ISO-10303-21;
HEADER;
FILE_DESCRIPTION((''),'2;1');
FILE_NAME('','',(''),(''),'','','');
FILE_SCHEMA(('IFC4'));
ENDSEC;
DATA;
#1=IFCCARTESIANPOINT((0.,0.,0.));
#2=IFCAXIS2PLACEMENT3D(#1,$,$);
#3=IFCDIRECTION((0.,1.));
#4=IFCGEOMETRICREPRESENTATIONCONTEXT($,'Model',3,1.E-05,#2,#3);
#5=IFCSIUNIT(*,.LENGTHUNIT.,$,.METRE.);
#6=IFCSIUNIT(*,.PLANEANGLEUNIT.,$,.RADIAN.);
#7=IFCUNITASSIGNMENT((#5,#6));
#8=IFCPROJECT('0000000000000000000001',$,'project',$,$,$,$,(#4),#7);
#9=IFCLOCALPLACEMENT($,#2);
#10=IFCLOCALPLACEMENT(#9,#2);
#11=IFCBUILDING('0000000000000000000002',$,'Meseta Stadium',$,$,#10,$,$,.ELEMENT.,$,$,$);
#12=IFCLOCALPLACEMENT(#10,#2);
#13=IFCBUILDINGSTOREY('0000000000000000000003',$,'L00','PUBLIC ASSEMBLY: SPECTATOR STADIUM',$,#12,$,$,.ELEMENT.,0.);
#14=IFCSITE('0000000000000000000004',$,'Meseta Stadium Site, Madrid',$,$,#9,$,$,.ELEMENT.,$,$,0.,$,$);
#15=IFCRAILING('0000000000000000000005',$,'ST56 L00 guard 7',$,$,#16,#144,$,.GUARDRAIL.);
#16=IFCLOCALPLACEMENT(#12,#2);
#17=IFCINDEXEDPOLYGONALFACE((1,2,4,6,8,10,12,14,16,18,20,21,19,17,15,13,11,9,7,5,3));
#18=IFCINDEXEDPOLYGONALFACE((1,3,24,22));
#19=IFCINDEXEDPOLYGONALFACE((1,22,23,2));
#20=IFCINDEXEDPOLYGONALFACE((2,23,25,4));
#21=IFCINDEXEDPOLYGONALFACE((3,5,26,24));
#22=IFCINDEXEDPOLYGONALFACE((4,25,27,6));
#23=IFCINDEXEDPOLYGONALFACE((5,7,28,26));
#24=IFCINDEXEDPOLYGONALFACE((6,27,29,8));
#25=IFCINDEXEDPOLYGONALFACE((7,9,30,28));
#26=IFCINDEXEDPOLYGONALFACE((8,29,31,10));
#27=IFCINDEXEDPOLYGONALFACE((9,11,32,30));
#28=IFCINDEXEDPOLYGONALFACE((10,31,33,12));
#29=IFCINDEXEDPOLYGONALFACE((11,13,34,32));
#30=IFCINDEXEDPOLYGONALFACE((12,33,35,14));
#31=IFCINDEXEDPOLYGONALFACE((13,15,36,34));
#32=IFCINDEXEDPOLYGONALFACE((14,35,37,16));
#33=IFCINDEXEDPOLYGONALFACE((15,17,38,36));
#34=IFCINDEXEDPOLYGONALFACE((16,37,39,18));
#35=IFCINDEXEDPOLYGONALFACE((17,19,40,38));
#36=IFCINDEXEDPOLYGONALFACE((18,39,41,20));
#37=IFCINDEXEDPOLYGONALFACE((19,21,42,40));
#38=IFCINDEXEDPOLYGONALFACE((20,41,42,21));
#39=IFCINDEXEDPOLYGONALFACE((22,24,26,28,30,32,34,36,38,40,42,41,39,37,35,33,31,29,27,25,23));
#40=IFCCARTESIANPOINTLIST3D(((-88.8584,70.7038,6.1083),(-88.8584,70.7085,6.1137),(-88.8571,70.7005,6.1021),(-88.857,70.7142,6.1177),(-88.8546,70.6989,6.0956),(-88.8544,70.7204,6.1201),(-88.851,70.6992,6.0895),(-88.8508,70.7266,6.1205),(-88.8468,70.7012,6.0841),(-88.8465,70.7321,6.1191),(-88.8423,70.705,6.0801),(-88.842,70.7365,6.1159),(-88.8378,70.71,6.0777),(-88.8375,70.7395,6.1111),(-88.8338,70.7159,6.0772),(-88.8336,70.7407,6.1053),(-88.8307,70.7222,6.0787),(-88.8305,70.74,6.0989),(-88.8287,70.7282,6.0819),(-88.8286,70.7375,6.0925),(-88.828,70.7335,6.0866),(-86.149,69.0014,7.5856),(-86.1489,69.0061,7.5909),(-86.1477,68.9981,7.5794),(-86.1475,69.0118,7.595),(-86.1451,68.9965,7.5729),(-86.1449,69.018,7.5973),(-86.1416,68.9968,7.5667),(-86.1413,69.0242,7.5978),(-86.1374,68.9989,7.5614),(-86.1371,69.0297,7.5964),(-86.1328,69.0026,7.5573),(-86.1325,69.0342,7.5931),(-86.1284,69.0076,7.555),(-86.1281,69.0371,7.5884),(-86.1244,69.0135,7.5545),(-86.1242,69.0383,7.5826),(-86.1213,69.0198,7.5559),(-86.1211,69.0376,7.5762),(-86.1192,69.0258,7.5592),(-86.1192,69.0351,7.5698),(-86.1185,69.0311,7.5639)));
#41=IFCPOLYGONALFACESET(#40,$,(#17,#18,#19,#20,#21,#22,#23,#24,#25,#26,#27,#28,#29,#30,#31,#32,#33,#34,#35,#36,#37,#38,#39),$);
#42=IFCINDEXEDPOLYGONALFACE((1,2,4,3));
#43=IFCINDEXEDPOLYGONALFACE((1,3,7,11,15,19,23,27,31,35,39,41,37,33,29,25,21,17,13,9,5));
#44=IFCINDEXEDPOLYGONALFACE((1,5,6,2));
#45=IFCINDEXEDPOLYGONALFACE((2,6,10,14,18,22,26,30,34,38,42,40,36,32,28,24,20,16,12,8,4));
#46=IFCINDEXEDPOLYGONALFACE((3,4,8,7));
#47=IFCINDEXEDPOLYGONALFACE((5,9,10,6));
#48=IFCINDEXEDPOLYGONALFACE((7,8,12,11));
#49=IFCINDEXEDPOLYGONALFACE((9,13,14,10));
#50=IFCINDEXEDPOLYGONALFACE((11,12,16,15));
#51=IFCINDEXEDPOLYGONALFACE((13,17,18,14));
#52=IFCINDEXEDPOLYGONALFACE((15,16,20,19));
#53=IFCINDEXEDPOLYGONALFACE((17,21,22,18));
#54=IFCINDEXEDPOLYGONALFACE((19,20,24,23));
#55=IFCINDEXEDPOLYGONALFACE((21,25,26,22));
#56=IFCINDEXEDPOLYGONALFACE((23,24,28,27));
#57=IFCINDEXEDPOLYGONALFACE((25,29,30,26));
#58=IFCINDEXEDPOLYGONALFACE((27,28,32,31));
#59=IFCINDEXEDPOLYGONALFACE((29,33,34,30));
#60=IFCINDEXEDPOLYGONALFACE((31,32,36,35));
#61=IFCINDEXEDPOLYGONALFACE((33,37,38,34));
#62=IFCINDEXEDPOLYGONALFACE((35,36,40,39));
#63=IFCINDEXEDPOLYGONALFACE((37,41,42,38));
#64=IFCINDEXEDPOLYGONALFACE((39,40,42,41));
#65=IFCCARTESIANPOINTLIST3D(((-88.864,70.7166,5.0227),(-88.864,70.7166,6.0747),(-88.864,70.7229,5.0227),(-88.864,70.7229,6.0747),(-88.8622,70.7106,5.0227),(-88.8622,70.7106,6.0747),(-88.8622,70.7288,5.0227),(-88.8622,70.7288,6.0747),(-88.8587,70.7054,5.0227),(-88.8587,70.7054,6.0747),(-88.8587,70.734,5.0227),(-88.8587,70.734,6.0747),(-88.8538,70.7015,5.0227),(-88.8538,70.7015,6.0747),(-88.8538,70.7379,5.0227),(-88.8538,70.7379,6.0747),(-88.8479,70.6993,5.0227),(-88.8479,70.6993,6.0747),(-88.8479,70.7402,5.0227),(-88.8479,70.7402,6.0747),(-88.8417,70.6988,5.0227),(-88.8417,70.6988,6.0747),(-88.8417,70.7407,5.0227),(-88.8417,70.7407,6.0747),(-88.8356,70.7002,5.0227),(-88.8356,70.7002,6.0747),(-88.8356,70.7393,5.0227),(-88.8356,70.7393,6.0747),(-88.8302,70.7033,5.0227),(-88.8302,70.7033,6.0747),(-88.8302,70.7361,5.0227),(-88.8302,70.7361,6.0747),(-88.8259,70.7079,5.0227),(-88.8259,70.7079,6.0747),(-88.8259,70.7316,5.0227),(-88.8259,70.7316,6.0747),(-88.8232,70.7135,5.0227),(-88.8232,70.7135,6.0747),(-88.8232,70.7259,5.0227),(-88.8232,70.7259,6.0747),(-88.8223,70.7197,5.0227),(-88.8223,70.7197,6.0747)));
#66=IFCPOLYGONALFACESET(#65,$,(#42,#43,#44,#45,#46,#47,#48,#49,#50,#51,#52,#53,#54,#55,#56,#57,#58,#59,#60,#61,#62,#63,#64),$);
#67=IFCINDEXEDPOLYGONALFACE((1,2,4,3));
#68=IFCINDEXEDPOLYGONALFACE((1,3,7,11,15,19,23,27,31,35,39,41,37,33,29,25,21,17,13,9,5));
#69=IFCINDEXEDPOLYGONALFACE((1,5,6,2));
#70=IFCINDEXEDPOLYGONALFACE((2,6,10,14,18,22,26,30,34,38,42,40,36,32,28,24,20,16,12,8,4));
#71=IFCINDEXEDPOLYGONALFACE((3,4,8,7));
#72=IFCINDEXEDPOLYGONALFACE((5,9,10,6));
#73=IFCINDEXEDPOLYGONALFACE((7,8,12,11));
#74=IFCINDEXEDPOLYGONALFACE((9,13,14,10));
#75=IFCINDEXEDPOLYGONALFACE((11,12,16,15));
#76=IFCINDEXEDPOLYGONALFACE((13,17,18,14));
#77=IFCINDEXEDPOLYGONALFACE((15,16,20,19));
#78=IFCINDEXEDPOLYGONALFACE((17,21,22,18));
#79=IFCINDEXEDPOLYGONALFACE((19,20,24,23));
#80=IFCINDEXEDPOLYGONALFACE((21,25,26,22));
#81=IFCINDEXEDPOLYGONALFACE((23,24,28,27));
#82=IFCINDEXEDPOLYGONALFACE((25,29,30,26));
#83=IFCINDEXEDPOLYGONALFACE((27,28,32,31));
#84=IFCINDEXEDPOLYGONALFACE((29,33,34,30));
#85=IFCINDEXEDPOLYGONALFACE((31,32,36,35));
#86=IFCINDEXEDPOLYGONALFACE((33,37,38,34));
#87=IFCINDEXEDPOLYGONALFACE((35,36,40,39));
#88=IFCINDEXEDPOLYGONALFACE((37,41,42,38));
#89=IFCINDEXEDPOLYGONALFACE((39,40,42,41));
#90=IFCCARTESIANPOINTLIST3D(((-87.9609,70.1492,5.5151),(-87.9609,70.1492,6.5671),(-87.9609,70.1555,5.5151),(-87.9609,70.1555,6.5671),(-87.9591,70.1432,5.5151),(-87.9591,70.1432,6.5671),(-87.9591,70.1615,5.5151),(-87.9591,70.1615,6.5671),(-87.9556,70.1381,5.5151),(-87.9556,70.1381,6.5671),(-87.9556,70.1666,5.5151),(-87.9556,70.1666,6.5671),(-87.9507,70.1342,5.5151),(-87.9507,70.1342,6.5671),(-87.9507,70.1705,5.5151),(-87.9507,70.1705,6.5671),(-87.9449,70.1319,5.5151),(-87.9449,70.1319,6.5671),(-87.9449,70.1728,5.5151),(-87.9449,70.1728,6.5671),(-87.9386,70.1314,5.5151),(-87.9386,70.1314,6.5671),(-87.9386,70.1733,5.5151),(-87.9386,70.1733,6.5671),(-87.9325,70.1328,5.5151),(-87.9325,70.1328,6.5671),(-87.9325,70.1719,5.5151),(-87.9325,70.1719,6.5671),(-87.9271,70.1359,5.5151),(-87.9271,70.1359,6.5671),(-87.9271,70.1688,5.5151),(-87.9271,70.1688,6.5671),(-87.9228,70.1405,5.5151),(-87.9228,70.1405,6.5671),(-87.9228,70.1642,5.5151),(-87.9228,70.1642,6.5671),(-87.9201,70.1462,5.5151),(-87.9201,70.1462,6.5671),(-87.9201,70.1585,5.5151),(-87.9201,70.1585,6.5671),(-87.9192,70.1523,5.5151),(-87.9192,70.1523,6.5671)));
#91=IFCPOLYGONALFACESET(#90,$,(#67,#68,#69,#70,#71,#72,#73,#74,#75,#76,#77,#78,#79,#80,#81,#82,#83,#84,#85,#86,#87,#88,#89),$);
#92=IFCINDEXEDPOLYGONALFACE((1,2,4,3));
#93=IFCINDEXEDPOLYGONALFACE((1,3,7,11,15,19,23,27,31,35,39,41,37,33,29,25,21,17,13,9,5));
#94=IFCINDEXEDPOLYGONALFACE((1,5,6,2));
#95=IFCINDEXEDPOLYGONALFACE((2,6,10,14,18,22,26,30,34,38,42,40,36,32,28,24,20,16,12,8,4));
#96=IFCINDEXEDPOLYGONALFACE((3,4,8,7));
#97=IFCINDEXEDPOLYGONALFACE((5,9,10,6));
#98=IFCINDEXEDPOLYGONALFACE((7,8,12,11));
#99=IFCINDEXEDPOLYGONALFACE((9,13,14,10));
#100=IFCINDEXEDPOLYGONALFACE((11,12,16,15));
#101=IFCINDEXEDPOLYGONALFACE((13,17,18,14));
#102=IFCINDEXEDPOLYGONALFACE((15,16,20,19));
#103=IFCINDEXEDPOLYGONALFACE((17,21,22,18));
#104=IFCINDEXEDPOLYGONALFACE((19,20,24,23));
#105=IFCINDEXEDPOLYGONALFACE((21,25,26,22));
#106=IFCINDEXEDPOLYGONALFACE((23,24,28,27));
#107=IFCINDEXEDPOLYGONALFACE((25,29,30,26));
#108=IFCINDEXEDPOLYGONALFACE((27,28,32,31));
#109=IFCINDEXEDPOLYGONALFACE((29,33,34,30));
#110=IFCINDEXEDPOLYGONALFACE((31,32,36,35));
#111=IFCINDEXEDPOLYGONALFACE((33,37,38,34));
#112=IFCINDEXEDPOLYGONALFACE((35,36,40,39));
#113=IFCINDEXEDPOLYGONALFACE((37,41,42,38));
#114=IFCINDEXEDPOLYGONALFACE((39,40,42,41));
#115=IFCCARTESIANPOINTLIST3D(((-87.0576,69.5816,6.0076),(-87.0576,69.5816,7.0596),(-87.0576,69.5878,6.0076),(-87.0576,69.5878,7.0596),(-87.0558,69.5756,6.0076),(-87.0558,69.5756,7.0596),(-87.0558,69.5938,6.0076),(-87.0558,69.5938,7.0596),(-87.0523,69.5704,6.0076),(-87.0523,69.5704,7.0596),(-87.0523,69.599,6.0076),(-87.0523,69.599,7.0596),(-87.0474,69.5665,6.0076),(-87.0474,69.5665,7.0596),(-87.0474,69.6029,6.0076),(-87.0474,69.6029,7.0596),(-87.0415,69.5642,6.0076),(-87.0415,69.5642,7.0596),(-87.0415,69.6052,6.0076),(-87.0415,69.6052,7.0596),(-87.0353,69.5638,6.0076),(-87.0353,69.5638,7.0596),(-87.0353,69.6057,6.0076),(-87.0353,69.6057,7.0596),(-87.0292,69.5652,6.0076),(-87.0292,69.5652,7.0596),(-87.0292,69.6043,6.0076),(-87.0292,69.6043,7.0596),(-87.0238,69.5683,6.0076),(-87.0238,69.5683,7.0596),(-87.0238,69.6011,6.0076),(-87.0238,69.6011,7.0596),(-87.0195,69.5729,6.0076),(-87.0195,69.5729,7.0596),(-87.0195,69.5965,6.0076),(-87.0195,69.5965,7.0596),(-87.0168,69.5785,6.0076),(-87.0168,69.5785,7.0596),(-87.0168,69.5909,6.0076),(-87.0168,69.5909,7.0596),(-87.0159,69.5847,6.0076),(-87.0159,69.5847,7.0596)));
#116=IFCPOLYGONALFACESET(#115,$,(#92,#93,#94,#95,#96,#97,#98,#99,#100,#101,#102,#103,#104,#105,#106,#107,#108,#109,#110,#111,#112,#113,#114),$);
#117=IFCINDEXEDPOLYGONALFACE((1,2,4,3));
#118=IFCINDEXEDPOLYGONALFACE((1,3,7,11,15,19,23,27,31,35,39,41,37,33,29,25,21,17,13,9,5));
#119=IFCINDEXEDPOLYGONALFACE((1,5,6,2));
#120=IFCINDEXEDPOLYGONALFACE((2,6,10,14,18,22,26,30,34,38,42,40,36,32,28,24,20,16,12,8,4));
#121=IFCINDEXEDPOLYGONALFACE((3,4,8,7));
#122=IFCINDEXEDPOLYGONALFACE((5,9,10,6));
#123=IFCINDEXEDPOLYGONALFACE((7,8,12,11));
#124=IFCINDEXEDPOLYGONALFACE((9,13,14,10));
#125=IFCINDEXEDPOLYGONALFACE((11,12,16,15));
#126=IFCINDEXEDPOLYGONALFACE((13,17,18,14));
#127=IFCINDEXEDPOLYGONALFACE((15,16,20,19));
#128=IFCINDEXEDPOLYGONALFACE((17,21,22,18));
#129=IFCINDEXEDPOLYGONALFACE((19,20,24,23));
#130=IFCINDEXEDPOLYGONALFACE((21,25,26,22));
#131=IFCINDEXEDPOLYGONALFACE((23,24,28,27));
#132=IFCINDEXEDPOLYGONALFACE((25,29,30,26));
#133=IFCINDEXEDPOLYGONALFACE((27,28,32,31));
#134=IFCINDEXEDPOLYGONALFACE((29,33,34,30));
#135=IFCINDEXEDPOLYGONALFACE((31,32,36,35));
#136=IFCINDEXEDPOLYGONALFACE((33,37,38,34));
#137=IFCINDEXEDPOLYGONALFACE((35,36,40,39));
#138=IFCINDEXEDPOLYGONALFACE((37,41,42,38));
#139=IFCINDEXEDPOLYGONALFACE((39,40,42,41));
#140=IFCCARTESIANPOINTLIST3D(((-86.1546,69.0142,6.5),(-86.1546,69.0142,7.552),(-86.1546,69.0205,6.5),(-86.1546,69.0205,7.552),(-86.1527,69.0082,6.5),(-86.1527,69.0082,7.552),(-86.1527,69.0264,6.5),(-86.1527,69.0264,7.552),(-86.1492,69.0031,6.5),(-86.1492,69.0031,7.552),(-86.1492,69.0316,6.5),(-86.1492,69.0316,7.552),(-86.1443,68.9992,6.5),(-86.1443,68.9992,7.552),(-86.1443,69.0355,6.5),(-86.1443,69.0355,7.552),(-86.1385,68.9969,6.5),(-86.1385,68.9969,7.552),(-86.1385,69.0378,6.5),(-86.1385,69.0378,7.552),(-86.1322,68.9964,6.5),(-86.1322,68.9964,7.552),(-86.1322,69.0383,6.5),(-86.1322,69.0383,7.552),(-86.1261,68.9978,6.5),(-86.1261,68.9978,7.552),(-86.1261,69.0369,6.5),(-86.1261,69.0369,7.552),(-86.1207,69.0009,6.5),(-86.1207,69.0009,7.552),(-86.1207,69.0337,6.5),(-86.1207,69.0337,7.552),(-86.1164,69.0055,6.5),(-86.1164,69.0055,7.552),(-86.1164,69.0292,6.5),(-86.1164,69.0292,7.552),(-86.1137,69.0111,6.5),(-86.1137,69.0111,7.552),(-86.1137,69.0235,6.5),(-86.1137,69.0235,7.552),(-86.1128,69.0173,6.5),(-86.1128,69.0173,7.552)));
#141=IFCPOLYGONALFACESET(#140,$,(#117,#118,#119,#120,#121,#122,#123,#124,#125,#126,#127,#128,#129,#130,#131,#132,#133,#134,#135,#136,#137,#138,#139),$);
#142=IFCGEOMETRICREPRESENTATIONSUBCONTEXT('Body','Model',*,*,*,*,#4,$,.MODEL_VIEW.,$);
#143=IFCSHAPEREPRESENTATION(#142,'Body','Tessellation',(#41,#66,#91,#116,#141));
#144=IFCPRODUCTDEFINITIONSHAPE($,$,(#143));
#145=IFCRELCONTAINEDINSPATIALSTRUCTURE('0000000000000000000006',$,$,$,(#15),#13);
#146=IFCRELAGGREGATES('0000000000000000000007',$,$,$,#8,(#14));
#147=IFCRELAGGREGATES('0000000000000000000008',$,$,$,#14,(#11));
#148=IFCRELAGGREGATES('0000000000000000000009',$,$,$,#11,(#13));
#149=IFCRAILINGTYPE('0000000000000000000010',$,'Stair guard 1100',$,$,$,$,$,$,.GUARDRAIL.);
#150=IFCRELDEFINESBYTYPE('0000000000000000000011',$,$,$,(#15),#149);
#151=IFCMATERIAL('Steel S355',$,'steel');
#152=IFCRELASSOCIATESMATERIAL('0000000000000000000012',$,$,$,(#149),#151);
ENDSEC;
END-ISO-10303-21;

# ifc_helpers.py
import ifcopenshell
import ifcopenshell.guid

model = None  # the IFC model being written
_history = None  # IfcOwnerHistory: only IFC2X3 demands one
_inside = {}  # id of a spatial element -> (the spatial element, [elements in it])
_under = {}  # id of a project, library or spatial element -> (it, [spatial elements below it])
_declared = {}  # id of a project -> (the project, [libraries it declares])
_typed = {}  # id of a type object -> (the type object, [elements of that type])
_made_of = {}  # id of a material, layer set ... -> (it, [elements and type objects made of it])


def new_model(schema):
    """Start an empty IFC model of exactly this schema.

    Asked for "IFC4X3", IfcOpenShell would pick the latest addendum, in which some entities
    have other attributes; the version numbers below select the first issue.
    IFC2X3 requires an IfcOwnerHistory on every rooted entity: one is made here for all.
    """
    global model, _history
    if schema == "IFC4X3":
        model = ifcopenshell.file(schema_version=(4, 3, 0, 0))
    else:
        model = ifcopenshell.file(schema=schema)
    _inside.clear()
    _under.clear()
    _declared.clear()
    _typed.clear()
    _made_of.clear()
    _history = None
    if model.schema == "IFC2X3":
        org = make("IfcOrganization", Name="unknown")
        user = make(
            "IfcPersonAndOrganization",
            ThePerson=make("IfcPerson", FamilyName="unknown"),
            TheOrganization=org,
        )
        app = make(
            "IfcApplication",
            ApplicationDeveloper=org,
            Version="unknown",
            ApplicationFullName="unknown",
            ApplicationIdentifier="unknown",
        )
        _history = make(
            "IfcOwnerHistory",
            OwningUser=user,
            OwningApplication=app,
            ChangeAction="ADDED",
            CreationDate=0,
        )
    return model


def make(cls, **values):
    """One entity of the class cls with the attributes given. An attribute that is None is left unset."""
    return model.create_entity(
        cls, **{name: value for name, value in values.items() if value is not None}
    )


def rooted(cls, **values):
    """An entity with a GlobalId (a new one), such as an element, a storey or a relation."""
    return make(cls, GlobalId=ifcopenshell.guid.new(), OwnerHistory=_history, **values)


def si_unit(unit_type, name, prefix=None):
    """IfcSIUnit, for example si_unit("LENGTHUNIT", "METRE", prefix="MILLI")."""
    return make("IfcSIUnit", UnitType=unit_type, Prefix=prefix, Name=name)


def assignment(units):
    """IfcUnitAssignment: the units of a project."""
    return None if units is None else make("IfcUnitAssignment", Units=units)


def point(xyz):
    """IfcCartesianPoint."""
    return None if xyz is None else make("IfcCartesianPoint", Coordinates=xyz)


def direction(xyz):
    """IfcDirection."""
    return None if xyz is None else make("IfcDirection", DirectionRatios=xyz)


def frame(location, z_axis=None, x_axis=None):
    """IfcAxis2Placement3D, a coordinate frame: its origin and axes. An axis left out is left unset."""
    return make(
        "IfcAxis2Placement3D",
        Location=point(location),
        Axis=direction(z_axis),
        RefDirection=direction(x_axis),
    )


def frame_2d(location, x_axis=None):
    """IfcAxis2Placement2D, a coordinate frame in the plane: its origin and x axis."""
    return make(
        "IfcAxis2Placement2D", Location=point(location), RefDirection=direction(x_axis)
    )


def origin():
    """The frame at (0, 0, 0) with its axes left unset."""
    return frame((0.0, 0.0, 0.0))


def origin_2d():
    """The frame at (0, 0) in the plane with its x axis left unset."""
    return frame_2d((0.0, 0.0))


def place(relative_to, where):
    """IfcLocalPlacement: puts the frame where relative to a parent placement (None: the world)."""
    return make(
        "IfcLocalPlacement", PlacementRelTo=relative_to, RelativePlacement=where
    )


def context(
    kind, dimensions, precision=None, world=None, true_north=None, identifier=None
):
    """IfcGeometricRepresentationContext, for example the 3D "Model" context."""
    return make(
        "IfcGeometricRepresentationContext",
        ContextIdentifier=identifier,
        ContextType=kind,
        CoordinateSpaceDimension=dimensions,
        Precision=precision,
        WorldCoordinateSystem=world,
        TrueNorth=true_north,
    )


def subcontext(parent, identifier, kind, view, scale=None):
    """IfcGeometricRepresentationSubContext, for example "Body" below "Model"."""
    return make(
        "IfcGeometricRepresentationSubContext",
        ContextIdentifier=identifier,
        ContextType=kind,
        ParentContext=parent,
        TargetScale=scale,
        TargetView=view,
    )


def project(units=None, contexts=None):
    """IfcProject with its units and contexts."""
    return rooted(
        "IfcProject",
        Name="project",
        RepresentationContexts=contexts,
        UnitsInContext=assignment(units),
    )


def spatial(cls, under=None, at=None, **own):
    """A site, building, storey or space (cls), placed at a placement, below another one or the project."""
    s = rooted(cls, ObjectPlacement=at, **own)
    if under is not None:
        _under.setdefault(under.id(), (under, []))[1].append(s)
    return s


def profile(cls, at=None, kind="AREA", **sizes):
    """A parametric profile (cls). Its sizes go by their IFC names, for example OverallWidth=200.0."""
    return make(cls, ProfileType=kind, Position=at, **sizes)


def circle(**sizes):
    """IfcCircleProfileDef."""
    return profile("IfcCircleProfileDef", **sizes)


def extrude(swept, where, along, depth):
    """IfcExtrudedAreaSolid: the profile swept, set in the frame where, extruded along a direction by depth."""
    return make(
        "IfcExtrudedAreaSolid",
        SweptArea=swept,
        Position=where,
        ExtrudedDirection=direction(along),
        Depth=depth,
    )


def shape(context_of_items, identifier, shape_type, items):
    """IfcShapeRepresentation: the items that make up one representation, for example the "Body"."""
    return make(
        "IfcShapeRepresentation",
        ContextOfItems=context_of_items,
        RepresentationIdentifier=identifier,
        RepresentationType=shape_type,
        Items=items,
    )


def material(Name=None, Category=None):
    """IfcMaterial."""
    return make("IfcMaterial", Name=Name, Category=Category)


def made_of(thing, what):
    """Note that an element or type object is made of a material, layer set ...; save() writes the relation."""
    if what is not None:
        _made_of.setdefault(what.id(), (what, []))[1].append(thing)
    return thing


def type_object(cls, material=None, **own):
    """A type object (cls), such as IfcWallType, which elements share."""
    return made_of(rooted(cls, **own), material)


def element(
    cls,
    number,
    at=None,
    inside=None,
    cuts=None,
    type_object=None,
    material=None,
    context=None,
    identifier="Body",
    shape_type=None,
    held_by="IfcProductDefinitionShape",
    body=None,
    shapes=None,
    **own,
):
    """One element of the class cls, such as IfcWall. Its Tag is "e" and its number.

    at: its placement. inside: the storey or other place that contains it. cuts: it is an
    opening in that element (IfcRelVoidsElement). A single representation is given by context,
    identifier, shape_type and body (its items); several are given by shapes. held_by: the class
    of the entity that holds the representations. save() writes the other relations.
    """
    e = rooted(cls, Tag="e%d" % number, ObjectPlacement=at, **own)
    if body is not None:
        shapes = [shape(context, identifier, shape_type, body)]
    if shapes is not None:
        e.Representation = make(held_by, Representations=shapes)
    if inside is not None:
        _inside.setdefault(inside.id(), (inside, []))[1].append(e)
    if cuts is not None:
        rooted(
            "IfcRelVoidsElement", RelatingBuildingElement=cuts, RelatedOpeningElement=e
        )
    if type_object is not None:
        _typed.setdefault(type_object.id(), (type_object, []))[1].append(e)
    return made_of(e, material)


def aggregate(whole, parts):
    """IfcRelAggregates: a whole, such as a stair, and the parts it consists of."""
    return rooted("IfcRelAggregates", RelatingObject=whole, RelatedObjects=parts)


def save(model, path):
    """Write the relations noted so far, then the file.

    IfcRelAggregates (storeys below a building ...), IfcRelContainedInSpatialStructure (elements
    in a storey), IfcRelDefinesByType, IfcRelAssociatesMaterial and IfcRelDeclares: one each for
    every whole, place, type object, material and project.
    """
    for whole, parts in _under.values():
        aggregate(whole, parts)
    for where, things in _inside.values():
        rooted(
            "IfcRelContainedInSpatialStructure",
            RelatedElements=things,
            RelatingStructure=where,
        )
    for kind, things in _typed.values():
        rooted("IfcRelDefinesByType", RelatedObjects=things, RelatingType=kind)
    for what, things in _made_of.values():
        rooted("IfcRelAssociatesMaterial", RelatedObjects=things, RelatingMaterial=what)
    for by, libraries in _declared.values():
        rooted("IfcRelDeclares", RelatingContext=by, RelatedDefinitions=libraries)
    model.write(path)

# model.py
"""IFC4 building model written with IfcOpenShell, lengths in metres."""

from ifc_helpers import new_model, si_unit, direction, frame, origin, origin_2d, place, context, subcontext, project, spatial, circle, extrude, material, type_object, element, save


model = new_model("IFC4")

# Units and contexts
model_context = context("Model", 3, precision=1e-05, world=origin(), true_north=direction((0.0, 1.0)))
body_context = subcontext(model_context, "Body", "Model", "MODEL_VIEW")
ifc_project = project(units=[si_unit("LENGTHUNIT", "METRE"), si_unit("PLANEANGLEUNIT", "RADIAN")], contexts=[model_context])

# Site, building, storey
site_placement = place(None, origin())
site = spatial("IfcSite", under=ifc_project, at=site_placement, Name="Meseta Stadium Site, Madrid", CompositionType="ELEMENT", RefElevation=0.0)
building_placement = place(site_placement, origin())
building = spatial("IfcBuilding", under=site, at=building_placement, Name="Meseta Stadium", CompositionType="ELEMENT")
storey_placement = place(building_placement, origin())
storey = spatial("IfcBuildingStorey", under=building, at=storey_placement, Name="L00", Description="PUBLIC ASSEMBLY: SPECTATOR STADIUM", CompositionType="ELEMENT", Elevation=0.0)

# Railing
ifc_material_1 = material(Name="Steel S355", Category="steel")
railing_type_1 = type_object("IfcRailingType", Name="Stair guard 1100", PredefinedType="GUARDRAIL", material=ifc_material_1)
railing_1_placement = place(storey_placement, frame((-88.8433, 70.7197, 5.0227)))
element("IfcRailing", 1, at=railing_1_placement, inside=storey, type_object=railing_type_1, Name="ST56 L00 guard 7", PredefinedType="GUARDRAIL", context=body_context, shape_type="SweptSolid", body=[
    extrude(circle(Radius=0.0239, at=origin_2d()), frame((0.0, 0.0, 1.0762), z_axis=(0.768764, -0.483023, 0.419156), x_axis=(0.532014, 0.846736, 0.0)), (0.0, 0.0, 1.0), 3.5244),
    extrude(circle(Radius=0.021, at=origin_2d()), origin(), (0.0, 0.0, 1.0), 1.052),
    extrude(circle(Radius=0.021, at=origin_2d()), frame((0.9031, -0.5674, 0.4924)), (0.0, 0.0, 1.0), 1.052),
    extrude(circle(Radius=0.021, at=origin_2d()), frame((1.8064, -1.135, 0.9849)), (0.0, 0.0, 1.0), 1.052),
    extrude(circle(Radius=0.021, at=origin_2d()), frame((2.7095, -1.7024, 1.4773)), (0.0, 0.0, 1.0), 1.052),
])

save(model, "model.ifc")
